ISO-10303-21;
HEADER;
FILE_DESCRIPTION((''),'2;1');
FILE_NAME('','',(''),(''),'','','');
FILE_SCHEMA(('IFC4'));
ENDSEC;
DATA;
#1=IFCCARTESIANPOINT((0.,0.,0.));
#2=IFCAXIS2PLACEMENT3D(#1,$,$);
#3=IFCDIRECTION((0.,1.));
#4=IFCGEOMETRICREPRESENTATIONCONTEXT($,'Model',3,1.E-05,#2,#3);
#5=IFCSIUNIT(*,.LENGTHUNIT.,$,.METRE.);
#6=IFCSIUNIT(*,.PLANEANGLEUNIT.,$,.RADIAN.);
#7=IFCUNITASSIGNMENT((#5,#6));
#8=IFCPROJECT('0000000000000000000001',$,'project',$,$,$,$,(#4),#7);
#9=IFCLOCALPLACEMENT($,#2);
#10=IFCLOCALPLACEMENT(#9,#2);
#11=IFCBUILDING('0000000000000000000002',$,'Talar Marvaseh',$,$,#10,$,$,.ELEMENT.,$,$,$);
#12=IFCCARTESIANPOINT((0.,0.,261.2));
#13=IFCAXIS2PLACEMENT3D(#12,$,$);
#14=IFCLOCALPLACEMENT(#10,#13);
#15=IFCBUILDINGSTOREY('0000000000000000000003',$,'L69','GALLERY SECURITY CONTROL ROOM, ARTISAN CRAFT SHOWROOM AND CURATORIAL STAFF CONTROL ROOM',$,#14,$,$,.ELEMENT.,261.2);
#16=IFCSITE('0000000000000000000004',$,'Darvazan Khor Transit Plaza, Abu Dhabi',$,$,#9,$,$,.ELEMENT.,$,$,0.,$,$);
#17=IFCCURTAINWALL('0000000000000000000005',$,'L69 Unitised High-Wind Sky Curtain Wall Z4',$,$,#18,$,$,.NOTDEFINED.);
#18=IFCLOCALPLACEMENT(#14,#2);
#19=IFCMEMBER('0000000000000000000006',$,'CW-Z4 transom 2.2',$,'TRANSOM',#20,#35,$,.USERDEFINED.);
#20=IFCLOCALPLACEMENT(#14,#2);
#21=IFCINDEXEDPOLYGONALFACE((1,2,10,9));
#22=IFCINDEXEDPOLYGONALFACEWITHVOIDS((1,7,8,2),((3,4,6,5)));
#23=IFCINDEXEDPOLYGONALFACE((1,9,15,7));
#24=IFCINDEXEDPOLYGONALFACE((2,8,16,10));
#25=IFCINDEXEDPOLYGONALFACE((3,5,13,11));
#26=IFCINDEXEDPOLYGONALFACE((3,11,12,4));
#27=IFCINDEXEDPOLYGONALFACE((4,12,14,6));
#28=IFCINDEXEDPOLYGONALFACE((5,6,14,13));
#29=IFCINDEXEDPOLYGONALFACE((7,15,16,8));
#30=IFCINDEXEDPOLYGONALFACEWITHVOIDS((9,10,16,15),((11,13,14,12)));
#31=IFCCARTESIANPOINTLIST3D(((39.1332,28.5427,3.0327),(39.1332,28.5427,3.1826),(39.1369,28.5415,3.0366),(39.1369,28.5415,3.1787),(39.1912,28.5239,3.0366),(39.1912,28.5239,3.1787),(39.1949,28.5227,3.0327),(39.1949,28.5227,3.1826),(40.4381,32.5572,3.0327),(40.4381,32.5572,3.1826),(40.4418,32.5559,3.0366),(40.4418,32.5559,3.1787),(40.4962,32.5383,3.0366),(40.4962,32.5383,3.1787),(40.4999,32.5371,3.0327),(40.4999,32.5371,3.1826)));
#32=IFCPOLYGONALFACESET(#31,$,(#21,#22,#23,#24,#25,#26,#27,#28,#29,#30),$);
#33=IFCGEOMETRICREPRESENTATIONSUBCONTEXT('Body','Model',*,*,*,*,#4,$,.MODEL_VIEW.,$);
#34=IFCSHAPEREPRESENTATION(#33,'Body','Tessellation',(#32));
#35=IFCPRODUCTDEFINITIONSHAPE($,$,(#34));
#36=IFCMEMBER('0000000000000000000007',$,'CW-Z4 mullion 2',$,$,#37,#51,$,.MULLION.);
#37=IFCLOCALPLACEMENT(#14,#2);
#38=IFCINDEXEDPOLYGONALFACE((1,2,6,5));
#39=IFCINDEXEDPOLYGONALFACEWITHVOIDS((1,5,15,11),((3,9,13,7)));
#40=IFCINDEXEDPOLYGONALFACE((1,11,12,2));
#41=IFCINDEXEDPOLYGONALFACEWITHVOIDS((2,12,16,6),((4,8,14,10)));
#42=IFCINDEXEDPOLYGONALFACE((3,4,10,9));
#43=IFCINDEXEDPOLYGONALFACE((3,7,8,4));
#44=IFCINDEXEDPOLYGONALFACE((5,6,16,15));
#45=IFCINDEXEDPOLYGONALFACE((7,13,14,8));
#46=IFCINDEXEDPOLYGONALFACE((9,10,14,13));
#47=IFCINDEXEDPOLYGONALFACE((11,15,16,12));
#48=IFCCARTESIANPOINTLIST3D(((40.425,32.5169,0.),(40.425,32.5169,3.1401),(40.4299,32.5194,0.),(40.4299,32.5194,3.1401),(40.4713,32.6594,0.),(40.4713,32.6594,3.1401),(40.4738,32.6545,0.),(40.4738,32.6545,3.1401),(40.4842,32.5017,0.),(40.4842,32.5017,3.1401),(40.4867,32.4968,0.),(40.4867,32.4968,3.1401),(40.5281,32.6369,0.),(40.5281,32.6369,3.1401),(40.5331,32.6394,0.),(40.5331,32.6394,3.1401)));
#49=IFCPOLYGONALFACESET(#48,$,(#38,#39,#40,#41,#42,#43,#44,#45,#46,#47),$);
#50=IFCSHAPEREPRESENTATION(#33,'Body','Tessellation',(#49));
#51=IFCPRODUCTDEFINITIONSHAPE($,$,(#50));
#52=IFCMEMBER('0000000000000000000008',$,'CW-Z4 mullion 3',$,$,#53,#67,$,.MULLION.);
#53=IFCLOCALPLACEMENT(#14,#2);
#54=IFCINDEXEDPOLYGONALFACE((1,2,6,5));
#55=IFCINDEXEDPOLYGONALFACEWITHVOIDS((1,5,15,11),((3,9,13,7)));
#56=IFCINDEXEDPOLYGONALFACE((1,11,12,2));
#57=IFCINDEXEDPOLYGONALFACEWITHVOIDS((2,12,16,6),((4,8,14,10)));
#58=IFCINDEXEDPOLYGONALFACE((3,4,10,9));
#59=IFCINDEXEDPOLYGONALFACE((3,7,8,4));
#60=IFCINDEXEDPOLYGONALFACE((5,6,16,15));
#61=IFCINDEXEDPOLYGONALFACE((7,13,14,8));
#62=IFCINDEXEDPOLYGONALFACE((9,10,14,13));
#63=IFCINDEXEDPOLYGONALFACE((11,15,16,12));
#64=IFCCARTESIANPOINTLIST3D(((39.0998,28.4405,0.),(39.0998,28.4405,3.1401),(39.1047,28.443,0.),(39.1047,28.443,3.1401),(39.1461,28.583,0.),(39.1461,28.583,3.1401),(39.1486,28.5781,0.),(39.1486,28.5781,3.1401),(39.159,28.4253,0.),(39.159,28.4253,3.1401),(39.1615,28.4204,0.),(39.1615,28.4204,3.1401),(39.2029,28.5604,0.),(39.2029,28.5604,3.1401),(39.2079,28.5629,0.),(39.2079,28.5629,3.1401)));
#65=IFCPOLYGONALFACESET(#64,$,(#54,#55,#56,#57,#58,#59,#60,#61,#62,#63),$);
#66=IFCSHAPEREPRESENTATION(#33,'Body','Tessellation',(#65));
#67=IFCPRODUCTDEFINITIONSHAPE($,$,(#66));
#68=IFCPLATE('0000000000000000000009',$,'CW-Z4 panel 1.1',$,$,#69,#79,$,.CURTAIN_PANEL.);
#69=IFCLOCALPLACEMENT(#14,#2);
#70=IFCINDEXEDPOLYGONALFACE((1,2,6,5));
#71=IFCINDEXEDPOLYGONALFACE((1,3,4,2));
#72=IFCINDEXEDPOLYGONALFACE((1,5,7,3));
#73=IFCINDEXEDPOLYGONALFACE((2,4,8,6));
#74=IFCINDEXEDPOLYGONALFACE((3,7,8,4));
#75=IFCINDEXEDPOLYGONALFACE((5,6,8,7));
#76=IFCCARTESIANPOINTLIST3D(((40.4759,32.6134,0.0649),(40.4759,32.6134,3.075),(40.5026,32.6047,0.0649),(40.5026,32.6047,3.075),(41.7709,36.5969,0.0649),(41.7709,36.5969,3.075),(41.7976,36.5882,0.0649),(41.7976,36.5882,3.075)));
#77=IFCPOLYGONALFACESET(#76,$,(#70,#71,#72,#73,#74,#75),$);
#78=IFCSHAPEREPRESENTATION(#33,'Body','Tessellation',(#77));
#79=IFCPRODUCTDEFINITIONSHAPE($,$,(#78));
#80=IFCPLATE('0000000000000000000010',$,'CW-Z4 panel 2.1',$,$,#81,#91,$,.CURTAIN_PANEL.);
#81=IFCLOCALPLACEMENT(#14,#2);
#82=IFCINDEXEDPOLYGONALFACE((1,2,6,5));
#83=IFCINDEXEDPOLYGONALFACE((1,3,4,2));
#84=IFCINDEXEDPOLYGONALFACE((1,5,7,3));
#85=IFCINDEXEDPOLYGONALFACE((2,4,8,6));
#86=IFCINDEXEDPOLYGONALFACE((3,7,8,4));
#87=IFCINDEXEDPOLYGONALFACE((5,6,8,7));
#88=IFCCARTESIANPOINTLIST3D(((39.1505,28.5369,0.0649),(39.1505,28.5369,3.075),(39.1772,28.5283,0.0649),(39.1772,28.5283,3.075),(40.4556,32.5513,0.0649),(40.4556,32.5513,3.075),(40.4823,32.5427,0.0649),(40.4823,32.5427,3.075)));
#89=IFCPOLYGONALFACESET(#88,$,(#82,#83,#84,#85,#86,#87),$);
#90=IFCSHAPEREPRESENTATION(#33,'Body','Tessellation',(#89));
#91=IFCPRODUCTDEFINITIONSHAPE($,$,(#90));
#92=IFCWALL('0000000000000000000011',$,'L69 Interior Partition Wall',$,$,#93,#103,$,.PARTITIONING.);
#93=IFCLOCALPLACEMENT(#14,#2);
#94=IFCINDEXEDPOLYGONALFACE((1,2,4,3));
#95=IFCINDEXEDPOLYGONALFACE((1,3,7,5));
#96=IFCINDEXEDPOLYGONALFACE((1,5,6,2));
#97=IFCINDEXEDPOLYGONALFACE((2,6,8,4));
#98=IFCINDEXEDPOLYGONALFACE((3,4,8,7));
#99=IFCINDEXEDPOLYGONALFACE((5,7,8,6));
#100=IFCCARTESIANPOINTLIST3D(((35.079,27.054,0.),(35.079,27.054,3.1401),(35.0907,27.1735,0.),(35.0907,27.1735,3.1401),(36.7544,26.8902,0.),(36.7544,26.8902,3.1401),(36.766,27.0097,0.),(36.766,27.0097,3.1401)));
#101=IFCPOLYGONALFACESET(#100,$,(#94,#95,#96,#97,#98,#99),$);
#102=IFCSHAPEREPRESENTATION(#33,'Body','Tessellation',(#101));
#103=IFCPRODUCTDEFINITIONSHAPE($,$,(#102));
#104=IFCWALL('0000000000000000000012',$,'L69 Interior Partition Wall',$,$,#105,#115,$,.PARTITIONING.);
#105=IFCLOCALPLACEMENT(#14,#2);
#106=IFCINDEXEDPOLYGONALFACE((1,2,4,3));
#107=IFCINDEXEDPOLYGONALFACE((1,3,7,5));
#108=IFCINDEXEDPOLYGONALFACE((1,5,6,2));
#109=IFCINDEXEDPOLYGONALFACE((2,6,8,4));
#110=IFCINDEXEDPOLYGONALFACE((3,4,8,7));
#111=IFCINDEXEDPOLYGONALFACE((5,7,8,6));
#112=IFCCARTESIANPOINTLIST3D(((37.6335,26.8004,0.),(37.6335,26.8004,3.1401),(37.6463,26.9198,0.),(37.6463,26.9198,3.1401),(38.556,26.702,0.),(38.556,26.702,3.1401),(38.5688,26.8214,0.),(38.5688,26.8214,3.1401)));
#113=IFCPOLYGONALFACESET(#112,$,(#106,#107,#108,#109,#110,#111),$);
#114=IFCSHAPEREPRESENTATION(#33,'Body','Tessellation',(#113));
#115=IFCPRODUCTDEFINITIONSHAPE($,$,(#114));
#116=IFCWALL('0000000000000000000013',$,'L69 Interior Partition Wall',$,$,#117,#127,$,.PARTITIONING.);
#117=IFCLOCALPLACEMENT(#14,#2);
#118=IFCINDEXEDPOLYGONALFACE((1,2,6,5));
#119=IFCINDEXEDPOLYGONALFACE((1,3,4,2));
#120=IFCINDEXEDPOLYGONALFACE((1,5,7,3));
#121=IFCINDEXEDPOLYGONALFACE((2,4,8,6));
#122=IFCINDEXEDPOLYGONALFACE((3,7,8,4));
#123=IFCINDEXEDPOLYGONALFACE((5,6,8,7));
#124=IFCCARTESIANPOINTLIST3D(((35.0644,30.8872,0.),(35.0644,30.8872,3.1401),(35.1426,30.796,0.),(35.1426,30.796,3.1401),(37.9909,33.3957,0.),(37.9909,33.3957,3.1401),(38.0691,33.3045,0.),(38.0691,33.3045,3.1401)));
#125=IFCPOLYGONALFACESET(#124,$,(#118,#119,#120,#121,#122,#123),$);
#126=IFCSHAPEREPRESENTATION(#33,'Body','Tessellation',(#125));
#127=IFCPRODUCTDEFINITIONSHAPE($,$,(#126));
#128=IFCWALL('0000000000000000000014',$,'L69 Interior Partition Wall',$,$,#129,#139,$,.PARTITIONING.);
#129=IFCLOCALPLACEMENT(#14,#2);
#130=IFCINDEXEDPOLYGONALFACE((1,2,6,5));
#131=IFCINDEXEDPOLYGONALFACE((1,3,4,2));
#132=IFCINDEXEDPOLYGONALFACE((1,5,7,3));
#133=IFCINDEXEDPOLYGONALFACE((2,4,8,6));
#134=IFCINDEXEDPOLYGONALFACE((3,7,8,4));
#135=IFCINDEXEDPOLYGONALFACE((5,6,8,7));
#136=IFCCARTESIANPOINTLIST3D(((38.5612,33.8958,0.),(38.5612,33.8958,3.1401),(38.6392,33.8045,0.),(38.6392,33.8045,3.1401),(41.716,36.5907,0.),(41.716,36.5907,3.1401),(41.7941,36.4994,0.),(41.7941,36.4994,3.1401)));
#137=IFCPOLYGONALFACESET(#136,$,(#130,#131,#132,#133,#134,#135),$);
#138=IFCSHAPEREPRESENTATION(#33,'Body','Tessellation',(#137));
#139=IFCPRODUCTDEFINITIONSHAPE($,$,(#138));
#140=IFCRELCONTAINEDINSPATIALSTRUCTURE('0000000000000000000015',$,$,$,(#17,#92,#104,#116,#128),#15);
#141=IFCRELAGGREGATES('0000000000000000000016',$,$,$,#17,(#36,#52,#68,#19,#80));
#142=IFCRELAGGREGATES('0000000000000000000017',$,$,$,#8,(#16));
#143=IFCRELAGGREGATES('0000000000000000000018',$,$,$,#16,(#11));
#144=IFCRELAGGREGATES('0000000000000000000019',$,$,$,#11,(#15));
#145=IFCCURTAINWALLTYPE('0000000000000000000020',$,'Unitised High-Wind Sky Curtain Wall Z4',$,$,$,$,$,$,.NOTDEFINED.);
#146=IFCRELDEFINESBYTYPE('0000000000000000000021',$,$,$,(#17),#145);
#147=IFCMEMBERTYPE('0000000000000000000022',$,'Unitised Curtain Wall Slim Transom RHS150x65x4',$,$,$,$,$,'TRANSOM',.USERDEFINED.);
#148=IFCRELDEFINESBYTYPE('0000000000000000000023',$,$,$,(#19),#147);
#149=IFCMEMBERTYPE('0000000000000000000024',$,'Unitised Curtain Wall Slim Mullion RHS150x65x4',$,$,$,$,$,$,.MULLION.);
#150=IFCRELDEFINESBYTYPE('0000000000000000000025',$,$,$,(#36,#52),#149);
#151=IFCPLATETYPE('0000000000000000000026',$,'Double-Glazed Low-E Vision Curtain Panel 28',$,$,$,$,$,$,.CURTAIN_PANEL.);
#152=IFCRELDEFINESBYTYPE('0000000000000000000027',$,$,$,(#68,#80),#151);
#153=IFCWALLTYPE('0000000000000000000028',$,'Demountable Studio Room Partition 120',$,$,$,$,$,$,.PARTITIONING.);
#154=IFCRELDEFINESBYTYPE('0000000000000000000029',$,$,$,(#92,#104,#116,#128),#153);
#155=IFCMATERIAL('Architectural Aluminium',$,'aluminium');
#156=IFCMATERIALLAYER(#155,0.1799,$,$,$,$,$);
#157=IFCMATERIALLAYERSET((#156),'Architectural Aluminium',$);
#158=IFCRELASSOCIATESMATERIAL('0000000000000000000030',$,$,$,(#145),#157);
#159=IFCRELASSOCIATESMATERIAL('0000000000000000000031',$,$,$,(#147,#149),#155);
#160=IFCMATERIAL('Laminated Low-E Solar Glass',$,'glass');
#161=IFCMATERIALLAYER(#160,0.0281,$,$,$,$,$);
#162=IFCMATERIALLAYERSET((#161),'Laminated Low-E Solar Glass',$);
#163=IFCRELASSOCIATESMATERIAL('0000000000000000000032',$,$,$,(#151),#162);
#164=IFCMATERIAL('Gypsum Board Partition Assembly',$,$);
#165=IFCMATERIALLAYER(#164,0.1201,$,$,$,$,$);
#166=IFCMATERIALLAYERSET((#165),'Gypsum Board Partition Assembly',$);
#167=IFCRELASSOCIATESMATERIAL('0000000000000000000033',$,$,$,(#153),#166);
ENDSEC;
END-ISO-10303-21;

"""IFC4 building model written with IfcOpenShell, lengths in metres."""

from ifc_helpers import new_model, si_unit, direction, frame, frame_2d, origin, origin_2d, place, context, subcontext, project, spatial, rectangle, hollow_rectangle, extrude, source, transform, mapped, material, layer, layer_set, material_profile, profile_set, type_object, type_shapes, element, aggregate, save


model = new_model("IFC4")

# Units and contexts
model_context = context("Model", 3, precision=1e-05, world=origin(), true_north=direction((0.0, 1.0)))
body_context = subcontext(model_context, "Body", "Model", "MODEL_VIEW")
ifc_project = project(units=[si_unit("LENGTHUNIT", "METRE"), si_unit("PLANEANGLEUNIT", "RADIAN")], contexts=[model_context])

# Site, building, storey
site_placement = place(None, origin())
site = spatial("IfcSite", under=ifc_project, at=site_placement, Name="Darvazan Khor Transit Plaza, Abu Dhabi", CompositionType="ELEMENT", RefElevation=0.0)
building_placement = place(site_placement, origin())
building = spatial("IfcBuilding", under=site, at=building_placement, Name="Talar Marvaseh", CompositionType="ELEMENT")
storey_placement = place(building_placement, frame((0.0, 0.0, 261.2)))
storey = spatial("IfcBuildingStorey", under=building, at=storey_placement, Name="L69", Description="GALLERY SECURITY CONTROL ROOM, ARTISAN CRAFT SHOWROOM AND CURATORIAL STAFF CONTROL ROOM", CompositionType="ELEMENT", Elevation=261.2)

# Curtain wall, members, plates
ifc_material_1 = material(Name="Architectural Aluminium", Category="aluminium")
ifc_layer_1 = layer(ifc_material_1, 0.1799)
ifc_layer_set_1 = layer_set([ifc_layer_1], Name="Architectural Aluminium")
curtain_wall_type = type_object("IfcCurtainWallType", Name="Unitised High-Wind Sky Curtain Wall Z4", PredefinedType="NOTDEFINED", material=ifc_layer_set_1)
curtain_wall_placement = place(storey_placement, origin())
curtain_wall = element("IfcCurtainWall", 1, at=curtain_wall_placement, inside=storey, type_object=curtain_wall_type, Name="L69 Unitised High-Wind Sky Curtain Wall Z4", PredefinedType="NOTDEFINED")
ifc_material_profile_1 = material_profile(ifc_material_1, hollow_rectangle(XDim=0.0649, YDim=0.1499, WallThickness=0.0039, at=origin_2d()), Name="RHS150x65x4")
ifc_profile_set_1 = profile_set([ifc_material_profile_1], Name="Architectural Aluminium")
member_type_1 = type_object("IfcMemberType", Name="Unitised Curtain Wall Slim Transom RHS150x65x4", ElementType="TRANSOM", PredefinedType="USERDEFINED", material=ifc_profile_set_1)
shared_shape_1 = source(origin(), body_context, "Body", "SweptSolid", [
    extrude(hollow_rectangle(XDim=0.0649, YDim=0.1499, WallThickness=0.0039, at=origin_2d()), origin(), (0.0, 0.0, 1.0), 4.2212),
])
member_1_placement = place(storey_placement, frame((40.469, 32.5471, 3.1077), z_axis=(-0.30914, -0.951017, 0.0), x_axis=(0.951017, -0.30914, 0.0)))
member_1 = element("IfcMember", 2, at=member_1_placement, type_object=member_type_1, Name="CW-Z4 transom 2.2", ObjectType="TRANSOM", PredefinedType="USERDEFINED", context=body_context, shape_type="MappedRepresentation", body=[
    mapped(shared_shape_1, transform((0.0, 0.0, 0.0), x_axis=(1.0, 0.0, 0.0), y_axis=(0.0, 1.0, 0.0), z_axis=(0.0, 0.0, 1.0), scale=1.0)),
])
ifc_material_profile_2 = material_profile(ifc_material_1, hollow_rectangle(XDim=0.0649, YDim=0.1499, WallThickness=0.0039, at=origin_2d()), Name="RHS150x65x4")
ifc_profile_set_2 = profile_set([ifc_material_profile_2], Name="Architectural Aluminium")
member_type_2 = type_object("IfcMemberType", Name="Unitised Curtain Wall Slim Mullion RHS150x65x4", PredefinedType="MULLION", material=ifc_profile_set_2)
shared_shape_2 = source(origin(), body_context, "Body", "SweptSolid", [
    extrude(hollow_rectangle(XDim=0.0649, YDim=0.1499, WallThickness=0.0039, at=origin_2d()), origin(), (0.0, 0.0, 1.0), 3.1401),
])
type_shapes(member_type_2, [shared_shape_2])
member_2_placement = place(storey_placement, frame((40.479, 32.5781, 0.0), z_axis=(0.0, 0.0, 1.0), x_axis=(0.951009, -0.309162, 0.0)))
member_2 = element("IfcMember", 3, at=member_2_placement, type_object=member_type_2, Name="CW-Z4 mullion 2", PredefinedType="MULLION", context=body_context, shape_type="MappedRepresentation", body=[
    mapped(shared_shape_2, transform((0.0, 0.0, 0.0), x_axis=(1.0, 0.0, 0.0), y_axis=(0.0, 1.0, 0.0), z_axis=(0.0, 0.0, 1.0), scale=1.0)),
])
member_3_placement = place(storey_placement, frame((39.1538, 28.5017, 0.0), z_axis=(0.0, 0.0, 1.0), x_axis=(0.951009, -0.309162, 0.0)))
member_3 = element("IfcMember", 4, at=member_3_placement, type_object=member_type_2, Name="CW-Z4 mullion 3", PredefinedType="MULLION", context=body_context, shape_type="MappedRepresentation", body=[
    mapped(shared_shape_2, transform((0.0, 0.0, 0.0), x_axis=(1.0, 0.0, 0.0), y_axis=(0.0, 1.0, 0.0), z_axis=(0.0, 0.0, 1.0), scale=1.0)),
])
ifc_material_2 = material(Name="Laminated Low-E Solar Glass", Category="glass")
ifc_layer_2 = layer(ifc_material_2, 0.0281)
ifc_layer_set_2 = layer_set([ifc_layer_2], Name="Laminated Low-E Solar Glass")
plate_type = type_object("IfcPlateType", Name="Double-Glazed Low-E Vision Curtain Panel 28", PredefinedType="CURTAIN_PANEL", material=ifc_layer_set_2)
shared_shape_3 = source(origin(), body_context, "Body", "SweptSolid", [
    extrude(rectangle(XDim=4.1887, YDim=0.0281, at=origin_2d()), origin(), (0.0, 0.0, 1.0), 3.01),
])
plate_1_placement = place(storey_placement, frame((41.1367, 34.6008, 0.0649), z_axis=(0.0, 0.0, 1.0), x_axis=(-0.309162, -0.951009, 0.0)))
plate_1 = element("IfcPlate", 5, at=plate_1_placement, type_object=plate_type, Name="CW-Z4 panel 1.1", PredefinedType="CURTAIN_PANEL", context=body_context, shape_type="MappedRepresentation", body=[
    mapped(shared_shape_3, transform((0.0, 0.0, 0.0), x_axis=(1.0, 0.0, 0.0), y_axis=(0.0, 1.0, 0.0), z_axis=(0.0, 0.0, 1.0), scale=1.0)),
])
shared_shape_4 = source(origin(), body_context, "Body", "SweptSolid", [
    extrude(rectangle(XDim=4.2212, YDim=0.0281, at=origin_2d()), origin(), (0.0, 0.0, 1.0), 3.01),
])
type_shapes(plate_type, [shared_shape_3, shared_shape_4])
plate_2_placement = place(storey_placement, frame((39.8164, 30.5398, 0.0649), z_axis=(0.0, 0.0, 1.0), x_axis=(-0.309162, -0.951009, 0.0)))
plate_2 = element("IfcPlate", 6, at=plate_2_placement, type_object=plate_type, Name="CW-Z4 panel 2.1", PredefinedType="CURTAIN_PANEL", context=body_context, shape_type="MappedRepresentation", body=[
    mapped(shared_shape_4, transform((0.0, 0.0, 0.0), x_axis=(1.0, 0.0, 0.0), y_axis=(0.0, 1.0, 0.0), z_axis=(0.0, 0.0, 1.0), scale=1.0)),
])
aggregate(curtain_wall, [member_2, member_3, plate_1, member_1, plate_2])

# Walls
ifc_material_3 = material(Name="Gypsum Board Partition Assembly")
ifc_layer_3 = layer(ifc_material_3, 0.1201)
ifc_layer_set_3 = layer_set([ifc_layer_3], Name="Gypsum Board Partition Assembly")
wall_type = type_object("IfcWallType", Name="Demountable Studio Room Partition 120", PredefinedType="PARTITIONING", material=ifc_layer_set_3)
wall_1_placement = place(storey_placement, frame((35.0847, 27.1138, 0.0), z_axis=(0.0, 0.0, 1.0), x_axis=(0.995253, -0.097321, 0.0)))
element("IfcWall", 7, at=wall_1_placement, inside=storey, type_object=wall_type, Name="L69 Interior Partition Wall", PredefinedType="PARTITIONING", context=body_context, shape_type="SweptSolid", body=[
    extrude(rectangle(XDim=1.6833, YDim=0.1201, at=frame_2d((0.8418, 0.0))), origin(), (0.0, 0.0, 1.0), 3.1401),
])
wall_2_placement = place(storey_placement, frame((37.6399, 26.8601, 0.0), z_axis=(0.0, 0.0, 1.0), x_axis=(0.994362, -0.106041, 0.0)))
element("IfcWall", 8, at=wall_2_placement, inside=storey, type_object=wall_type, Name="L69 Interior Partition Wall", PredefinedType="PARTITIONING", context=body_context, shape_type="SweptSolid", body=[
    extrude(rectangle(XDim=0.9277, YDim=0.1201, at=frame_2d((0.4639, 0.0))), origin(), (0.0, 0.0, 1.0), 3.1401),
])
wall_3_placement = place(storey_placement, frame((35.1035, 30.8416, 0.0), z_axis=(0.0, 0.0, 1.0), x_axis=(0.759243, 0.650807, 0.0)))
element("IfcWall", 9, at=wall_3_placement, inside=storey, type_object=wall_type, Name="L69 Interior Partition Wall", PredefinedType="PARTITIONING", context=body_context, shape_type="SweptSolid", body=[
    extrude(rectangle(XDim=3.8545, YDim=0.1201, at=frame_2d((1.9272, 0.0))), origin(), (0.0, 0.0, 1.0), 3.1401),
])
wall_4_placement = place(storey_placement, frame((38.6001, 33.8501, 0.0), z_axis=(0.0, 0.0, 1.0), x_axis=(0.76036, 0.649501, 0.0)))
element("IfcWall", 10, at=wall_4_placement, inside=storey, type_object=wall_type, Name="L69 Interior Partition Wall", PredefinedType="PARTITIONING", context=body_context, shape_type="SweptSolid", body=[
    extrude(rectangle(XDim=4.1492, YDim=0.1201, at=frame_2d((2.0747, 0.0))), origin(), (0.0, 0.0, 1.0), 3.1401),
])

save(model, "model.ifc")
